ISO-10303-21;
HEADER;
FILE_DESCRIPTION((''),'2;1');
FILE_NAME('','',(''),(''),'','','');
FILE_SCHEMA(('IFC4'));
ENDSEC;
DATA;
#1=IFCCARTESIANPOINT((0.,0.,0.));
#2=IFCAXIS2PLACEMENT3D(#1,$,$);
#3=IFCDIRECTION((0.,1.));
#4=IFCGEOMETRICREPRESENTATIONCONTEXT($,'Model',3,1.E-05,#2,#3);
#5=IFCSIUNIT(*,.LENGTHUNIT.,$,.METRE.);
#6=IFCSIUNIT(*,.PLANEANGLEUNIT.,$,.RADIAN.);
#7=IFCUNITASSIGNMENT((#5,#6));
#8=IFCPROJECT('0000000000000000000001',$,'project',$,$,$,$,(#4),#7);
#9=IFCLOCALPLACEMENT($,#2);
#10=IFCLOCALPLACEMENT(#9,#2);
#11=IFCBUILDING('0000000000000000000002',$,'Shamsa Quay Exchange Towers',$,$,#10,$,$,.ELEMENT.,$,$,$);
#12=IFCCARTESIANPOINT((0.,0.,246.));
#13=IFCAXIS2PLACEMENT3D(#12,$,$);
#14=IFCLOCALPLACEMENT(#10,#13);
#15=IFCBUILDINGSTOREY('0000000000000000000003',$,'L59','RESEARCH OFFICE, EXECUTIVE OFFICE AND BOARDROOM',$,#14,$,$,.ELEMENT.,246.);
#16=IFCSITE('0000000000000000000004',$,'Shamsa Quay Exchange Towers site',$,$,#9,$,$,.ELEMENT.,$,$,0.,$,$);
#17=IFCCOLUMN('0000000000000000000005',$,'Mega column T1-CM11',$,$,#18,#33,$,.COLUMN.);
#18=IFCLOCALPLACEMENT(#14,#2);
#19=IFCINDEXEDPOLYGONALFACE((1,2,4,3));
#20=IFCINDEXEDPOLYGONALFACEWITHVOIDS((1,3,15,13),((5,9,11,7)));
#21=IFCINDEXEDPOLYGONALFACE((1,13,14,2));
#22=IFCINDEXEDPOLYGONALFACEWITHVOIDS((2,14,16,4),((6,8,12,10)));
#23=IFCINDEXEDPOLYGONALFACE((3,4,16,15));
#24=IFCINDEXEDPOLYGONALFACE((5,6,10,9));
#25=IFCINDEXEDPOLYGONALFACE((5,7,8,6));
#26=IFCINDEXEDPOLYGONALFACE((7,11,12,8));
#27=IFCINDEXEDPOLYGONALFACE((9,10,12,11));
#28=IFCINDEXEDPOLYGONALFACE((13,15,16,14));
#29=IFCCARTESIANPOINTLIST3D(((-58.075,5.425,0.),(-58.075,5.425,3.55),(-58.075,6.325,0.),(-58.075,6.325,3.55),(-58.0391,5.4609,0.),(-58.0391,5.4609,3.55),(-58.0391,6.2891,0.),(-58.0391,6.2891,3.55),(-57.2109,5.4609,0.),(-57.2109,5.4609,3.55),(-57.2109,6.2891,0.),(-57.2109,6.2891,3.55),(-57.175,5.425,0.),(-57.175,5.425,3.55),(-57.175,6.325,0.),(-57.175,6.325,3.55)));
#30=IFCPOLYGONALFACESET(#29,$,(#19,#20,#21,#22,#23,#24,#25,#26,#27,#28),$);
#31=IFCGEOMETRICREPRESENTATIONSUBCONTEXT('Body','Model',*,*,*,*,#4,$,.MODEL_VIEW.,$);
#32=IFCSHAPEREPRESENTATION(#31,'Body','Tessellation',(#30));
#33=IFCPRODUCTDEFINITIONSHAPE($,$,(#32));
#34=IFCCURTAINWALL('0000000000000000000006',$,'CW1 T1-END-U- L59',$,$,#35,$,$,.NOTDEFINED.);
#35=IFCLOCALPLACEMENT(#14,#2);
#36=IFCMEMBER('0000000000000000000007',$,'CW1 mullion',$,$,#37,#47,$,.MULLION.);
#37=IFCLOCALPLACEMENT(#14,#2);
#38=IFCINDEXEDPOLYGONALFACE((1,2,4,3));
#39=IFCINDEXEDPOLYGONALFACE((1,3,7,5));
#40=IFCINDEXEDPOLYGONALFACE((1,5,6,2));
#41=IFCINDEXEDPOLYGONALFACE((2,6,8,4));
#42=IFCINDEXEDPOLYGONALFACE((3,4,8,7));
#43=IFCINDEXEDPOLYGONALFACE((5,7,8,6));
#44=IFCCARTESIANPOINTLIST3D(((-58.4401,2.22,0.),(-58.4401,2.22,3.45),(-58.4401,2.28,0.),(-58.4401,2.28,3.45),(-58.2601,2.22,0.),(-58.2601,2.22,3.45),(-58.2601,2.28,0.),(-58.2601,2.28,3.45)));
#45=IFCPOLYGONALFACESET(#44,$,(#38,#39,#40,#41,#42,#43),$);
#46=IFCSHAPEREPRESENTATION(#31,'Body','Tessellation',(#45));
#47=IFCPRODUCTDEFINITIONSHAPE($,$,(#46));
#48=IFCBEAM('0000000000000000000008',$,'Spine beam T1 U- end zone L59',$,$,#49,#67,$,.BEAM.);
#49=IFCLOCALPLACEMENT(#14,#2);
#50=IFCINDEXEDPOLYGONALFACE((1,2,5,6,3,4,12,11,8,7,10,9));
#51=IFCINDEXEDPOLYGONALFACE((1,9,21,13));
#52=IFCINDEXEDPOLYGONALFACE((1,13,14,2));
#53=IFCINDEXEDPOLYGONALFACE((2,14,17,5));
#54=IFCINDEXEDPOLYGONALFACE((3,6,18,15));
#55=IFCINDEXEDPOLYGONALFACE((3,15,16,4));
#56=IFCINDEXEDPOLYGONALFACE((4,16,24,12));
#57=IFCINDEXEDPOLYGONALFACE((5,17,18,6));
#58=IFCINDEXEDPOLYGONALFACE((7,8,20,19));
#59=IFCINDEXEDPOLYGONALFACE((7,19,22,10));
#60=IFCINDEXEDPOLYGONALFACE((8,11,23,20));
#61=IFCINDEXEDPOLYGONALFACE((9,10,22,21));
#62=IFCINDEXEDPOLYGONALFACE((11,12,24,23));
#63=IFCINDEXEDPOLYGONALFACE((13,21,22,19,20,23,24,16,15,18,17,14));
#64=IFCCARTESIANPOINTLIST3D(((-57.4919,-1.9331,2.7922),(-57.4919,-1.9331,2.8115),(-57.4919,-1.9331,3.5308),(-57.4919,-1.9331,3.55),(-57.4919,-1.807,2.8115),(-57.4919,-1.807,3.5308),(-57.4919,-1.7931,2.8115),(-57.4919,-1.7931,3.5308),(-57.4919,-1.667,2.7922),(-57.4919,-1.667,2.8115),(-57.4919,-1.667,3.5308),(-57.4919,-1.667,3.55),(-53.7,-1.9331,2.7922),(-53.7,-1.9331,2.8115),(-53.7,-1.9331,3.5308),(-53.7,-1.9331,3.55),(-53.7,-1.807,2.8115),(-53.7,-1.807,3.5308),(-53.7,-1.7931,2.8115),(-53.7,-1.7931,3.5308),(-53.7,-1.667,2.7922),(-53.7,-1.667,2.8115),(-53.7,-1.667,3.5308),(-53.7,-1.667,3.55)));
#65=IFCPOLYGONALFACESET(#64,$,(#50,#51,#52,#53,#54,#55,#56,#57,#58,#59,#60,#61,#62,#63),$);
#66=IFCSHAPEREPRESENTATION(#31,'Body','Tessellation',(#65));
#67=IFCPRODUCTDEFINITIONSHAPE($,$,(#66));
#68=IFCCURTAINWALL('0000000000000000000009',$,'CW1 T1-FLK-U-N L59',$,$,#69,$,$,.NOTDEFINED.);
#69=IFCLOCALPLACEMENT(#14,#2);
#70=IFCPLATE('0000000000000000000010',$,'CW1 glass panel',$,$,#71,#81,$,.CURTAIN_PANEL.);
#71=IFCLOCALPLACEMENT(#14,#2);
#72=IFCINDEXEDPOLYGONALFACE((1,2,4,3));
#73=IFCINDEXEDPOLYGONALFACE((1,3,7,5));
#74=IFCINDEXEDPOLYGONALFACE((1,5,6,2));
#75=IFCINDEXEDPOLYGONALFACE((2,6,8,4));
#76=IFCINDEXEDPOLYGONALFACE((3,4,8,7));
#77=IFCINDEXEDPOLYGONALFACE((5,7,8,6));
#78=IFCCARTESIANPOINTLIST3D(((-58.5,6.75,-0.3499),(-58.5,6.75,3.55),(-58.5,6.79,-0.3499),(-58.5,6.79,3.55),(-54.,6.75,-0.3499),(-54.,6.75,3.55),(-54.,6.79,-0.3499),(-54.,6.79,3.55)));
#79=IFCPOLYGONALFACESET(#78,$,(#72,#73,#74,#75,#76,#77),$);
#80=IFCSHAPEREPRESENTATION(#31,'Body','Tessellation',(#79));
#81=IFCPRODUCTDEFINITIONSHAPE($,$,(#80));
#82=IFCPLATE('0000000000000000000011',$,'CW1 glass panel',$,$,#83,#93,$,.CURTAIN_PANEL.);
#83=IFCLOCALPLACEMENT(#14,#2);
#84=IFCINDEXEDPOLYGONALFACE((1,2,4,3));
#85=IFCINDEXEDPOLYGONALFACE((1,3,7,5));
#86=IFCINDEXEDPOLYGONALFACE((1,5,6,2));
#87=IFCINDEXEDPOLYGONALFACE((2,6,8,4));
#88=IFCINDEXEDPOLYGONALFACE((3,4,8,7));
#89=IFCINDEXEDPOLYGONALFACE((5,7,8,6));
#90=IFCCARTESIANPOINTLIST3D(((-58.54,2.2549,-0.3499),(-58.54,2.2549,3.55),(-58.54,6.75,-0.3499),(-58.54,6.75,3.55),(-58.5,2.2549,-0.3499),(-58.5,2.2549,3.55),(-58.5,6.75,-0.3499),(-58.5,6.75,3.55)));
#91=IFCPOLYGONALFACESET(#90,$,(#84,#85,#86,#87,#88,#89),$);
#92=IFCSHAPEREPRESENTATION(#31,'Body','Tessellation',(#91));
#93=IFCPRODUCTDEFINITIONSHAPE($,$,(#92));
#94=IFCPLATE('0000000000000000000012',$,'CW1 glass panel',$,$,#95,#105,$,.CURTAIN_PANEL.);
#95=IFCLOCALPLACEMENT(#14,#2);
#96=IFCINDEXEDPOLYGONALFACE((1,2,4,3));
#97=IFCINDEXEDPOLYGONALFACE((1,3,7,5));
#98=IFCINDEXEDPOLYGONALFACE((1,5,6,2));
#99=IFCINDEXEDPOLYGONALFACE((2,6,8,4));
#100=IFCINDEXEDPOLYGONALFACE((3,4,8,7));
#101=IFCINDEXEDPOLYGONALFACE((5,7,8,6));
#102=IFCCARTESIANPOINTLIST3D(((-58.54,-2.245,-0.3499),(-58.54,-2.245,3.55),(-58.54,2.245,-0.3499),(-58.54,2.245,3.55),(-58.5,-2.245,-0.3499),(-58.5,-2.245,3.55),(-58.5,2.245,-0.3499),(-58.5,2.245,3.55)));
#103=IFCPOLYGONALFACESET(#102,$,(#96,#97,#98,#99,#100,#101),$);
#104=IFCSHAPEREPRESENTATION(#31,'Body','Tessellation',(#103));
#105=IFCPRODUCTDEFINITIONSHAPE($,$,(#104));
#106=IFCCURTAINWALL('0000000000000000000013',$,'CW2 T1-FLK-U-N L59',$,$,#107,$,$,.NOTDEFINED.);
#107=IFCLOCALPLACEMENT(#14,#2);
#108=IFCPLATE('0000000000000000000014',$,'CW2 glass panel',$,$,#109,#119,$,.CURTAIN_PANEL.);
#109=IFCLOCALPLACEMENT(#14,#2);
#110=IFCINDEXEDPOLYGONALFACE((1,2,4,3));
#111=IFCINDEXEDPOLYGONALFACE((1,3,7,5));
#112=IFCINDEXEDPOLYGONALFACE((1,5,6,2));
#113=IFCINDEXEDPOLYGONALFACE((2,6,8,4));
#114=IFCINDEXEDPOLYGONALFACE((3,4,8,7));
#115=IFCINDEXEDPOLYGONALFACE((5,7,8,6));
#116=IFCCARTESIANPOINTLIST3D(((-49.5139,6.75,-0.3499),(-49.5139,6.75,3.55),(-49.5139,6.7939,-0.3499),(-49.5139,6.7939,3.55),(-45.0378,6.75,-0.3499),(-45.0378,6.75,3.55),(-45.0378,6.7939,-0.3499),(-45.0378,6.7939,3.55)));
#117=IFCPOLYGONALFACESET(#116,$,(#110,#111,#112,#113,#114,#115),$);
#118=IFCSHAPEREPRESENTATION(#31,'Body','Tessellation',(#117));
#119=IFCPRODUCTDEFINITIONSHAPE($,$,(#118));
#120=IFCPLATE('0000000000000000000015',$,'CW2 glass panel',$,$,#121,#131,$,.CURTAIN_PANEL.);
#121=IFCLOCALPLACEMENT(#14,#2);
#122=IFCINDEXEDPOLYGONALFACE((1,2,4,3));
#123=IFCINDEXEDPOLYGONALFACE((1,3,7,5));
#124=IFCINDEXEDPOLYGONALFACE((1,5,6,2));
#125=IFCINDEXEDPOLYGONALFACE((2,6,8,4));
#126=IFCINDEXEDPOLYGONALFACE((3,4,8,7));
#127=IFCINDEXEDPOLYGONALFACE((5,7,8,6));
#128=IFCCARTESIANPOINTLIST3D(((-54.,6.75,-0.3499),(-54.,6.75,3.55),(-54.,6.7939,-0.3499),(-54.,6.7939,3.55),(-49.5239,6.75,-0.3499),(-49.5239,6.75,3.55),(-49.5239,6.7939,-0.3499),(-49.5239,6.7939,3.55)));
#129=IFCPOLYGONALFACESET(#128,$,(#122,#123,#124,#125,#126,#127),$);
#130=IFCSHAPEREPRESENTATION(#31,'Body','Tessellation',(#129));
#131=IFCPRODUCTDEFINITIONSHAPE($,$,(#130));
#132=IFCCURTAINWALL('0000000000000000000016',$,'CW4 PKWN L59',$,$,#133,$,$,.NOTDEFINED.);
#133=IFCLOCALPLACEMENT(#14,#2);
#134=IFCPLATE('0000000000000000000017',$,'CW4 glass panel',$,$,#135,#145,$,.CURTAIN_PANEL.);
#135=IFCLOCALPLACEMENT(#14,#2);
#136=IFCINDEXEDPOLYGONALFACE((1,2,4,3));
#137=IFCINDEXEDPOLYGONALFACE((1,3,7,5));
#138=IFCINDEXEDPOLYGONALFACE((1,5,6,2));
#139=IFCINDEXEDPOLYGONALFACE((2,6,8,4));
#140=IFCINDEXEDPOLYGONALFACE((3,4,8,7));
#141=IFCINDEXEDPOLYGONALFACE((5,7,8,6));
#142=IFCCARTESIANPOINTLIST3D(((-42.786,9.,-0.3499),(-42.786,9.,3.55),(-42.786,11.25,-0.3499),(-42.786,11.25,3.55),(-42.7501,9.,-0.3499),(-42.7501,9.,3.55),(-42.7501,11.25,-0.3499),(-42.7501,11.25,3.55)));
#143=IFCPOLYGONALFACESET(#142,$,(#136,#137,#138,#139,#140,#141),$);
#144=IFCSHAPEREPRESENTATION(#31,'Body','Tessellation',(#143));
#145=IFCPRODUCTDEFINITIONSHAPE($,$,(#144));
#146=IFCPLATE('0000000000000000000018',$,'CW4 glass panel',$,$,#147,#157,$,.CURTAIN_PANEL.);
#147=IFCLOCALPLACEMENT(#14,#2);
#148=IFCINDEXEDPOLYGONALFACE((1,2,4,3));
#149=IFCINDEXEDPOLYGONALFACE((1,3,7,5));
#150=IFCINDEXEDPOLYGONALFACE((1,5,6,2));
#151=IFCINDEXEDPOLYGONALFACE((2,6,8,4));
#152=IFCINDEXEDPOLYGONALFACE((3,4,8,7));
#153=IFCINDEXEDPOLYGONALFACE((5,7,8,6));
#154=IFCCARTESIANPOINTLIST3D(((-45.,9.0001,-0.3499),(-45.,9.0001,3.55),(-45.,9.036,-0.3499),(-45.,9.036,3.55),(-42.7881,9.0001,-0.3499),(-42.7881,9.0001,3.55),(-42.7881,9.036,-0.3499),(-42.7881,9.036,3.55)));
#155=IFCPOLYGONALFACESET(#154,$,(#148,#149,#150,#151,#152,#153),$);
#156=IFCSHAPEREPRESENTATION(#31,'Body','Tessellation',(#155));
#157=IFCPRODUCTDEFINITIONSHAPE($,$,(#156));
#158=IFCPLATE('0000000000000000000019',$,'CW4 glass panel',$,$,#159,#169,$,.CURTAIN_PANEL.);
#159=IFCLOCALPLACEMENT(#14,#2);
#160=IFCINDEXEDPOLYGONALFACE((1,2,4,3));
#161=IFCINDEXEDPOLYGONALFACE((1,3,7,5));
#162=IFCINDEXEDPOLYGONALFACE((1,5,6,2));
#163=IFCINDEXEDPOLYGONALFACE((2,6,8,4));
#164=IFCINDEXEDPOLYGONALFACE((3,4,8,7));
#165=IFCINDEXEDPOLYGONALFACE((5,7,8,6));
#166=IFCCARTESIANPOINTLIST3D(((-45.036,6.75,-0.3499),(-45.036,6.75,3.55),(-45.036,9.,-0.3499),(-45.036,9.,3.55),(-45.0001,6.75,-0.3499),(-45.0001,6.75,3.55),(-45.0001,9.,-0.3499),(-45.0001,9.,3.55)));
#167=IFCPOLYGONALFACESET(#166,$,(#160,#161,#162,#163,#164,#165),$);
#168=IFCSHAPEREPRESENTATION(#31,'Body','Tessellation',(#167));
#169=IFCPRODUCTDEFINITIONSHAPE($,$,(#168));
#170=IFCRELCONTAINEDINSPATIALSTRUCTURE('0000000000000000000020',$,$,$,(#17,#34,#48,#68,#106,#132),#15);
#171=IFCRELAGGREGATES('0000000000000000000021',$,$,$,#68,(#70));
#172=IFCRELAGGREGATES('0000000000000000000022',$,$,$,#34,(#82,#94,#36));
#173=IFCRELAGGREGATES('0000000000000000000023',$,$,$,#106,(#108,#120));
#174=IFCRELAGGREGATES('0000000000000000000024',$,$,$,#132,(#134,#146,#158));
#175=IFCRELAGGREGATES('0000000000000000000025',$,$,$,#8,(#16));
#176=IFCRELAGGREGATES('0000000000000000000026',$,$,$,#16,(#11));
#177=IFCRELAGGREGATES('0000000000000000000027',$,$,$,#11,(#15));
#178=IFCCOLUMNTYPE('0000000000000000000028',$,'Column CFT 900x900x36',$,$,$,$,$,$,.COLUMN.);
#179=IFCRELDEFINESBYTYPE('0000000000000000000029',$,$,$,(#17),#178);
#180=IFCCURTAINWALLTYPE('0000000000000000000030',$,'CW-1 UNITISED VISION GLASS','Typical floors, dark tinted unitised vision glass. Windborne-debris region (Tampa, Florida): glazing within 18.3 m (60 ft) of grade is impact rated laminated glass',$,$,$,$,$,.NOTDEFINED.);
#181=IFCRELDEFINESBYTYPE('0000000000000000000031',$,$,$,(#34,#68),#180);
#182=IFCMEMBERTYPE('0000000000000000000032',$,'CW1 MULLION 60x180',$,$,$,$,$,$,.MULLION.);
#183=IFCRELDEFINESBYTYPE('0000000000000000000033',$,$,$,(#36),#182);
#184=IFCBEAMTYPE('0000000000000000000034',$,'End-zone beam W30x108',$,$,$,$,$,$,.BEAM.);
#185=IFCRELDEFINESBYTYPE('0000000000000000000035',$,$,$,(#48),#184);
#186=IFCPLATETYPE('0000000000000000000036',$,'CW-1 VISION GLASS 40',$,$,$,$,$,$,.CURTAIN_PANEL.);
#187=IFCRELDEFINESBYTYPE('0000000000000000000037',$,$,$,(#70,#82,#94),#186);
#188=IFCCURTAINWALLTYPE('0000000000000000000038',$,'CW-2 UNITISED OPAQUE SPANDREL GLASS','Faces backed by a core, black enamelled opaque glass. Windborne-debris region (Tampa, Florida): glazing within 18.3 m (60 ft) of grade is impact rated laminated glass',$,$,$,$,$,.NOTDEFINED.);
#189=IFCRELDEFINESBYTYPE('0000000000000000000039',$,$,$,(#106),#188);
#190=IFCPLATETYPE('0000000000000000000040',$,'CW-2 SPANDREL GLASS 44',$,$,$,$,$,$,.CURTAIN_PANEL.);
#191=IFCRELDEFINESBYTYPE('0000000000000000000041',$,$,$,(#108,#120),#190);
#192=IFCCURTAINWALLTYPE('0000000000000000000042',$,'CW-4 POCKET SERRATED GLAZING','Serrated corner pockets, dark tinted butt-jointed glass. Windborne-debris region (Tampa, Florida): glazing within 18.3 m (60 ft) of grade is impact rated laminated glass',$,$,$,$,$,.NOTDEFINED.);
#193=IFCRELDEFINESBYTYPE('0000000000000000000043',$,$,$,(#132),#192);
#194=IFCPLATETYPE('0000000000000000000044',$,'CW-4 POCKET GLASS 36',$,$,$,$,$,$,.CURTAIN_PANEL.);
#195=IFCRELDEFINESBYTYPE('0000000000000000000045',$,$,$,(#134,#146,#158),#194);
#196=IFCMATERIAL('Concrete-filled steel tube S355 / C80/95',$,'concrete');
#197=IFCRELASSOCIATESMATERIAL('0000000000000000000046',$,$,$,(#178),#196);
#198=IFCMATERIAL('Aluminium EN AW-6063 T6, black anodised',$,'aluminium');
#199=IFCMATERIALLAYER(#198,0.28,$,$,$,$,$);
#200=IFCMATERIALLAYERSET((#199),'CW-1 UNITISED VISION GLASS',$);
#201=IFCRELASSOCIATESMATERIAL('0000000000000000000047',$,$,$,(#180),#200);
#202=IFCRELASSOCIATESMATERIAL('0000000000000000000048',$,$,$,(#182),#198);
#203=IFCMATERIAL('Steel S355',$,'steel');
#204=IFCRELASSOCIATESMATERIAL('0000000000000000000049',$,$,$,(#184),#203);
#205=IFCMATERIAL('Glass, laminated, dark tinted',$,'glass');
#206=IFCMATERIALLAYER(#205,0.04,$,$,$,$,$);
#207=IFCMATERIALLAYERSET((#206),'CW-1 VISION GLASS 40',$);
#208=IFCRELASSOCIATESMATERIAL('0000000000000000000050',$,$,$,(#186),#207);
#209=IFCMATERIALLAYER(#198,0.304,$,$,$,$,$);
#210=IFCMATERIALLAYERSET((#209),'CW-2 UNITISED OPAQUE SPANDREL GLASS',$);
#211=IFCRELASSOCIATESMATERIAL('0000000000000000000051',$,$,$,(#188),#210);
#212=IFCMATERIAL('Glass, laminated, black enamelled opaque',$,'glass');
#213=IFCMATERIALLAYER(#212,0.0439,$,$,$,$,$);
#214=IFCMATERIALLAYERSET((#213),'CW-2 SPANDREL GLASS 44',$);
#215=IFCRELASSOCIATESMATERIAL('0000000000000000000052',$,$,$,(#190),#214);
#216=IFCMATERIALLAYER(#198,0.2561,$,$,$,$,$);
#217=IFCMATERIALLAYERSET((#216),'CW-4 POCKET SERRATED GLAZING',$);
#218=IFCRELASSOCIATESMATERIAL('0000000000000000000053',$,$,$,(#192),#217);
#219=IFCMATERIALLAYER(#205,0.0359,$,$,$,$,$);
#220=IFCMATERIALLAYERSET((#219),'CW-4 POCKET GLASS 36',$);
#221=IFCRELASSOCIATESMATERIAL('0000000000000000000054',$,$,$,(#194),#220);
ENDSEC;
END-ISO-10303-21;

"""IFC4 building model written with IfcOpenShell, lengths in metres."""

from ifc_helpers import new_model, si_unit, direction, frame, origin, origin_2d, place, context, subcontext, project, spatial, rectangle, hollow_rectangle, i_section, extrude, material, layer, layer_set, material_profile, profile_set, type_object, element, aggregate, save


model = new_model("IFC4")

# Units and contexts
model_context = context("Model", 3, precision=1e-05, world=origin(), true_north=direction((0.0, 1.0)))
body_context = subcontext(model_context, "Body", "Model", "MODEL_VIEW")
ifc_project = project(units=[si_unit("LENGTHUNIT", "METRE"), si_unit("PLANEANGLEUNIT", "RADIAN")], contexts=[model_context])

# Site, building, storey
site_placement = place(None, origin())
site = spatial("IfcSite", under=ifc_project, at=site_placement, Name="Shamsa Quay Exchange Towers site", CompositionType="ELEMENT", RefElevation=0.0)
building_placement = place(site_placement, origin())
building = spatial("IfcBuilding", under=site, at=building_placement, Name="Shamsa Quay Exchange Towers", CompositionType="ELEMENT")
storey_placement = place(building_placement, frame((0.0, 0.0, 246.0)))
storey = spatial("IfcBuildingStorey", under=building, at=storey_placement, Name="L59", Description="RESEARCH OFFICE, EXECUTIVE OFFICE AND BOARDROOM", CompositionType="ELEMENT", Elevation=246.0)

# Column
ifc_material_1 = material(Name="Concrete-filled steel tube S355 / C80/95", Category="concrete")
ifc_material_profile_1 = material_profile(ifc_material_1, hollow_rectangle(XDim=0.8999, YDim=0.8999, WallThickness=0.0359, at=origin_2d()), Name="CFT 900x900x36")
ifc_profile_set_1 = profile_set([ifc_material_profile_1], Name="Concrete-filled steel tube S355 / C80/95")
column_type = type_object("IfcColumnType", Name="Column CFT 900x900x36", PredefinedType="COLUMN", material=ifc_profile_set_1)
column_placement = place(storey_placement, frame((-57.625, 5.875, 0.0)))
element("IfcColumn", 1, at=column_placement, inside=storey, type_object=column_type, Name="Mega column T1-CM11", PredefinedType="COLUMN", context=body_context, shape_type="SweptSolid", body=[
    extrude(hollow_rectangle(XDim=0.8999, YDim=0.8999, WallThickness=0.0359, at=origin_2d()), origin(), (0.0, 0.0, 1.0), 3.55),
])

# Curtain wall, member
ifc_material_2 = material(Name="Aluminium EN AW-6063 T6, black anodised", Category="aluminium")
ifc_layer_1 = layer(ifc_material_2, 0.28)
ifc_layer_set_1 = layer_set([ifc_layer_1], Name="CW-1 UNITISED VISION GLASS")
curtain_wall_type_1 = type_object("IfcCurtainWallType", Name="CW-1 UNITISED VISION GLASS", Description="Typical floors, dark tinted unitised vision glass. Windborne-debris region (Tampa, Florida): glazing within 18.3 m (60 ft) of grade is impact rated laminated glass", PredefinedType="NOTDEFINED", material=ifc_layer_set_1)
curtain_wall_1_placement = place(storey_placement, origin())
curtain_wall_1 = element("IfcCurtainWall", 2, at=curtain_wall_1_placement, inside=storey, type_object=curtain_wall_type_1, Name="CW1 T1-END-U- L59", PredefinedType="NOTDEFINED")
ifc_material_profile_2 = material_profile(ifc_material_2, rectangle(XDim=0.1799, YDim=0.0601, at=origin_2d()), Name="MU60x180")
ifc_profile_set_2 = profile_set([ifc_material_profile_2], Name="Aluminium EN AW-6063 T6, black anodised")
member_type = type_object("IfcMemberType", Name="CW1 MULLION 60x180", PredefinedType="MULLION", material=ifc_profile_set_2)
member_placement = place(storey_placement, frame((-58.3501, 2.25, 0.0)))
member = element("IfcMember", 3, at=member_placement, type_object=member_type, Name="CW1 mullion", PredefinedType="MULLION", context=body_context, shape_type="SweptSolid", body=[
    extrude(rectangle(XDim=0.1799, YDim=0.0601, at=origin_2d()), origin(), (0.0, 0.0, 1.0), 3.45),
])

# Beam
ifc_material_3 = material(Name="Steel S355", Category="steel")
ifc_material_profile_3 = material_profile(ifc_material_3, i_section(OverallWidth=0.2661, OverallDepth=0.7578, WebThickness=0.0139, FlangeThickness=0.0193, at=origin_2d()), Name="W30x108")
ifc_profile_set_3 = profile_set([ifc_material_profile_3], Name="Steel S355")
beam_type = type_object("IfcBeamType", Name="End-zone beam W30x108", PredefinedType="BEAM", material=ifc_profile_set_3)
beam_placement = place(storey_placement, frame((-53.7, -1.8, 3.1711), z_axis=(-1.0, 0.0, 0.0), x_axis=(0.0, -1.0, 0.0)))
element("IfcBeam", 4, at=beam_placement, inside=storey, type_object=beam_type, Name="Spine beam T1 U- end zone L59", PredefinedType="BEAM", context=body_context, shape_type="SweptSolid", body=[
    extrude(i_section(OverallWidth=0.2661, OverallDepth=0.7578, WebThickness=0.0139, FlangeThickness=0.0193, at=origin_2d()), origin(), (0.0, 0.0, 1.0), 3.792),
])

# Curtain wall, plate
curtain_wall_2_placement = place(storey_placement, origin())
curtain_wall_2 = element("IfcCurtainWall", 5, at=curtain_wall_2_placement, inside=storey, type_object=curtain_wall_type_1, Name="CW1 T1-FLK-U-N L59", PredefinedType="NOTDEFINED")
ifc_material_4 = material(Name="Glass, laminated, dark tinted", Category="glass")
ifc_layer_2 = layer(ifc_material_4, 0.04)
ifc_layer_set_2 = layer_set([ifc_layer_2], Name="CW-1 VISION GLASS 40")
plate_type_1 = type_object("IfcPlateType", Name="CW-1 VISION GLASS 40", PredefinedType="CURTAIN_PANEL", material=ifc_layer_set_2)
plate_1_placement = place(storey_placement, frame((-56.25, 6.77, -0.3499), z_axis=(0.0, 0.0, 1.0), x_axis=(-1.0, 0.0, 0.0)))
plate_1 = element("IfcPlate", 6, at=plate_1_placement, type_object=plate_type_1, Name="CW1 glass panel", PredefinedType="CURTAIN_PANEL", context=body_context, shape_type="SweptSolid", body=[
    extrude(rectangle(XDim=4.5, YDim=0.04, at=origin_2d()), origin(), (0.0, 0.0, 1.0), 3.8999),
])
aggregate(curtain_wall_2, [plate_1])

# Plates
plate_2_placement = place(storey_placement, frame((-58.52, 4.5024, -0.3499), z_axis=(0.0, 0.0, 1.0), x_axis=(0.0, -1.0, 0.0)))
plate_2 = element("IfcPlate", 7, at=plate_2_placement, type_object=plate_type_1, Name="CW1 glass panel", PredefinedType="CURTAIN_PANEL", context=body_context, shape_type="SweptSolid", body=[
    extrude(rectangle(XDim=4.4951, YDim=0.04, at=origin_2d()), origin(), (0.0, 0.0, 1.0), 3.8999),
])
plate_3_placement = place(storey_placement, frame((-58.52, 0.0, -0.3499), z_axis=(0.0, 0.0, 1.0), x_axis=(0.0, -1.0, 0.0)))
plate_3 = element("IfcPlate", 8, at=plate_3_placement, type_object=plate_type_1, Name="CW1 glass panel", PredefinedType="CURTAIN_PANEL", context=body_context, shape_type="SweptSolid", body=[
    extrude(rectangle(XDim=4.49, YDim=0.04, at=origin_2d()), origin(), (0.0, 0.0, 1.0), 3.8999),
])
aggregate(curtain_wall_1, [plate_2, plate_3, member])

# Curtain walls, plates
ifc_layer_3 = layer(ifc_material_2, 0.304)
ifc_layer_set_3 = layer_set([ifc_layer_3], Name="CW-2 UNITISED OPAQUE SPANDREL GLASS")
curtain_wall_type_2 = type_object("IfcCurtainWallType", Name="CW-2 UNITISED OPAQUE SPANDREL GLASS", Description="Faces backed by a core, black enamelled opaque glass. Windborne-debris region (Tampa, Florida): glazing within 18.3 m (60 ft) of grade is impact rated laminated glass", PredefinedType="NOTDEFINED", material=ifc_layer_set_3)
curtain_wall_3_placement = place(storey_placement, origin())
curtain_wall_3 = element("IfcCurtainWall", 9, at=curtain_wall_3_placement, inside=storey, type_object=curtain_wall_type_2, Name="CW2 T1-FLK-U-N L59", PredefinedType="NOTDEFINED")
ifc_material_5 = material(Name="Glass, laminated, black enamelled opaque", Category="glass")
ifc_layer_4 = layer(ifc_material_5, 0.0439)
ifc_layer_set_4 = layer_set([ifc_layer_4], Name="CW-2 SPANDREL GLASS 44")
plate_type_2 = type_object("IfcPlateType", Name="CW-2 SPANDREL GLASS 44", PredefinedType="CURTAIN_PANEL", material=ifc_layer_set_4)
plate_4_placement = place(storey_placement, frame((-47.2759, 6.772, -0.3499), z_axis=(0.0, 0.0, 1.0), x_axis=(-1.0, 0.0, 0.0)))
plate_4 = element("IfcPlate", 10, at=plate_4_placement, type_object=plate_type_2, Name="CW2 glass panel", PredefinedType="CURTAIN_PANEL", context=body_context, shape_type="SweptSolid", body=[
    extrude(rectangle(XDim=4.4761, YDim=0.0439, at=origin_2d()), origin(), (0.0, 0.0, 1.0), 3.8999),
])
plate_5_placement = place(storey_placement, frame((-51.762, 6.772, -0.3499), z_axis=(0.0, 0.0, 1.0), x_axis=(-1.0, 0.0, 0.0)))
plate_5 = element("IfcPlate", 11, at=plate_5_placement, type_object=plate_type_2, Name="CW2 glass panel", PredefinedType="CURTAIN_PANEL", context=body_context, shape_type="SweptSolid", body=[
    extrude(rectangle(XDim=4.4761, YDim=0.0439, at=origin_2d()), origin(), (0.0, 0.0, 1.0), 3.8999),
])
aggregate(curtain_wall_3, [plate_4, plate_5])
ifc_layer_5 = layer(ifc_material_2, 0.2561)
ifc_layer_set_5 = layer_set([ifc_layer_5], Name="CW-4 POCKET SERRATED GLAZING")
curtain_wall_type_3 = type_object("IfcCurtainWallType", Name="CW-4 POCKET SERRATED GLAZING", Description="Serrated corner pockets, dark tinted butt-jointed glass. Windborne-debris region (Tampa, Florida): glazing within 18.3 m (60 ft) of grade is impact rated laminated glass", PredefinedType="NOTDEFINED", material=ifc_layer_set_5)
curtain_wall_4_placement = place(storey_placement, origin())
curtain_wall_4 = element("IfcCurtainWall", 12, at=curtain_wall_4_placement, inside=storey, type_object=curtain_wall_type_3, Name="CW4 PKWN L59", PredefinedType="NOTDEFINED")
ifc_layer_6 = layer(ifc_material_4, 0.0359)
ifc_layer_set_6 = layer_set([ifc_layer_6], Name="CW-4 POCKET GLASS 36")
plate_type_3 = type_object("IfcPlateType", Name="CW-4 POCKET GLASS 36", PredefinedType="CURTAIN_PANEL", material=ifc_layer_set_6)
plate_6_placement = place(storey_placement, frame((-42.7681, 10.125, -0.3499), z_axis=(0.0, 0.0, 1.0), x_axis=(0.0, -1.0, 0.0)))
plate_6 = element("IfcPlate", 13, at=plate_6_placement, type_object=plate_type_3, Name="CW4 glass panel", PredefinedType="CURTAIN_PANEL", context=body_context, shape_type="SweptSolid", body=[
    extrude(rectangle(XDim=2.25, YDim=0.0359, at=origin_2d()), origin(), (0.0, 0.0, 1.0), 3.8999),
])
plate_7_placement = place(storey_placement, frame((-43.894, 9.0181, -0.3499), z_axis=(0.0, 0.0, 1.0), x_axis=(-1.0, 0.0, 0.0)))
plate_7 = element("IfcPlate", 14, at=plate_7_placement, type_object=plate_type_3, Name="CW4 glass panel", PredefinedType="CURTAIN_PANEL", context=body_context, shape_type="SweptSolid", body=[
    extrude(rectangle(XDim=2.2119, YDim=0.0359, at=origin_2d()), origin(), (0.0, 0.0, 1.0), 3.8999),
])
plate_8_placement = place(storey_placement, frame((-45.0181, 7.875, -0.3499), z_axis=(0.0, 0.0, 1.0), x_axis=(0.0, -1.0, 0.0)))
plate_8 = element("IfcPlate", 15, at=plate_8_placement, type_object=plate_type_3, Name="CW4 glass panel", PredefinedType="CURTAIN_PANEL", context=body_context, shape_type="SweptSolid", body=[
    extrude(rectangle(XDim=2.25, YDim=0.0359, at=origin_2d()), origin(), (0.0, 0.0, 1.0), 3.8999),
])
aggregate(curtain_wall_4, [plate_6, plate_7, plate_8])

save(model, "model.ifc")
